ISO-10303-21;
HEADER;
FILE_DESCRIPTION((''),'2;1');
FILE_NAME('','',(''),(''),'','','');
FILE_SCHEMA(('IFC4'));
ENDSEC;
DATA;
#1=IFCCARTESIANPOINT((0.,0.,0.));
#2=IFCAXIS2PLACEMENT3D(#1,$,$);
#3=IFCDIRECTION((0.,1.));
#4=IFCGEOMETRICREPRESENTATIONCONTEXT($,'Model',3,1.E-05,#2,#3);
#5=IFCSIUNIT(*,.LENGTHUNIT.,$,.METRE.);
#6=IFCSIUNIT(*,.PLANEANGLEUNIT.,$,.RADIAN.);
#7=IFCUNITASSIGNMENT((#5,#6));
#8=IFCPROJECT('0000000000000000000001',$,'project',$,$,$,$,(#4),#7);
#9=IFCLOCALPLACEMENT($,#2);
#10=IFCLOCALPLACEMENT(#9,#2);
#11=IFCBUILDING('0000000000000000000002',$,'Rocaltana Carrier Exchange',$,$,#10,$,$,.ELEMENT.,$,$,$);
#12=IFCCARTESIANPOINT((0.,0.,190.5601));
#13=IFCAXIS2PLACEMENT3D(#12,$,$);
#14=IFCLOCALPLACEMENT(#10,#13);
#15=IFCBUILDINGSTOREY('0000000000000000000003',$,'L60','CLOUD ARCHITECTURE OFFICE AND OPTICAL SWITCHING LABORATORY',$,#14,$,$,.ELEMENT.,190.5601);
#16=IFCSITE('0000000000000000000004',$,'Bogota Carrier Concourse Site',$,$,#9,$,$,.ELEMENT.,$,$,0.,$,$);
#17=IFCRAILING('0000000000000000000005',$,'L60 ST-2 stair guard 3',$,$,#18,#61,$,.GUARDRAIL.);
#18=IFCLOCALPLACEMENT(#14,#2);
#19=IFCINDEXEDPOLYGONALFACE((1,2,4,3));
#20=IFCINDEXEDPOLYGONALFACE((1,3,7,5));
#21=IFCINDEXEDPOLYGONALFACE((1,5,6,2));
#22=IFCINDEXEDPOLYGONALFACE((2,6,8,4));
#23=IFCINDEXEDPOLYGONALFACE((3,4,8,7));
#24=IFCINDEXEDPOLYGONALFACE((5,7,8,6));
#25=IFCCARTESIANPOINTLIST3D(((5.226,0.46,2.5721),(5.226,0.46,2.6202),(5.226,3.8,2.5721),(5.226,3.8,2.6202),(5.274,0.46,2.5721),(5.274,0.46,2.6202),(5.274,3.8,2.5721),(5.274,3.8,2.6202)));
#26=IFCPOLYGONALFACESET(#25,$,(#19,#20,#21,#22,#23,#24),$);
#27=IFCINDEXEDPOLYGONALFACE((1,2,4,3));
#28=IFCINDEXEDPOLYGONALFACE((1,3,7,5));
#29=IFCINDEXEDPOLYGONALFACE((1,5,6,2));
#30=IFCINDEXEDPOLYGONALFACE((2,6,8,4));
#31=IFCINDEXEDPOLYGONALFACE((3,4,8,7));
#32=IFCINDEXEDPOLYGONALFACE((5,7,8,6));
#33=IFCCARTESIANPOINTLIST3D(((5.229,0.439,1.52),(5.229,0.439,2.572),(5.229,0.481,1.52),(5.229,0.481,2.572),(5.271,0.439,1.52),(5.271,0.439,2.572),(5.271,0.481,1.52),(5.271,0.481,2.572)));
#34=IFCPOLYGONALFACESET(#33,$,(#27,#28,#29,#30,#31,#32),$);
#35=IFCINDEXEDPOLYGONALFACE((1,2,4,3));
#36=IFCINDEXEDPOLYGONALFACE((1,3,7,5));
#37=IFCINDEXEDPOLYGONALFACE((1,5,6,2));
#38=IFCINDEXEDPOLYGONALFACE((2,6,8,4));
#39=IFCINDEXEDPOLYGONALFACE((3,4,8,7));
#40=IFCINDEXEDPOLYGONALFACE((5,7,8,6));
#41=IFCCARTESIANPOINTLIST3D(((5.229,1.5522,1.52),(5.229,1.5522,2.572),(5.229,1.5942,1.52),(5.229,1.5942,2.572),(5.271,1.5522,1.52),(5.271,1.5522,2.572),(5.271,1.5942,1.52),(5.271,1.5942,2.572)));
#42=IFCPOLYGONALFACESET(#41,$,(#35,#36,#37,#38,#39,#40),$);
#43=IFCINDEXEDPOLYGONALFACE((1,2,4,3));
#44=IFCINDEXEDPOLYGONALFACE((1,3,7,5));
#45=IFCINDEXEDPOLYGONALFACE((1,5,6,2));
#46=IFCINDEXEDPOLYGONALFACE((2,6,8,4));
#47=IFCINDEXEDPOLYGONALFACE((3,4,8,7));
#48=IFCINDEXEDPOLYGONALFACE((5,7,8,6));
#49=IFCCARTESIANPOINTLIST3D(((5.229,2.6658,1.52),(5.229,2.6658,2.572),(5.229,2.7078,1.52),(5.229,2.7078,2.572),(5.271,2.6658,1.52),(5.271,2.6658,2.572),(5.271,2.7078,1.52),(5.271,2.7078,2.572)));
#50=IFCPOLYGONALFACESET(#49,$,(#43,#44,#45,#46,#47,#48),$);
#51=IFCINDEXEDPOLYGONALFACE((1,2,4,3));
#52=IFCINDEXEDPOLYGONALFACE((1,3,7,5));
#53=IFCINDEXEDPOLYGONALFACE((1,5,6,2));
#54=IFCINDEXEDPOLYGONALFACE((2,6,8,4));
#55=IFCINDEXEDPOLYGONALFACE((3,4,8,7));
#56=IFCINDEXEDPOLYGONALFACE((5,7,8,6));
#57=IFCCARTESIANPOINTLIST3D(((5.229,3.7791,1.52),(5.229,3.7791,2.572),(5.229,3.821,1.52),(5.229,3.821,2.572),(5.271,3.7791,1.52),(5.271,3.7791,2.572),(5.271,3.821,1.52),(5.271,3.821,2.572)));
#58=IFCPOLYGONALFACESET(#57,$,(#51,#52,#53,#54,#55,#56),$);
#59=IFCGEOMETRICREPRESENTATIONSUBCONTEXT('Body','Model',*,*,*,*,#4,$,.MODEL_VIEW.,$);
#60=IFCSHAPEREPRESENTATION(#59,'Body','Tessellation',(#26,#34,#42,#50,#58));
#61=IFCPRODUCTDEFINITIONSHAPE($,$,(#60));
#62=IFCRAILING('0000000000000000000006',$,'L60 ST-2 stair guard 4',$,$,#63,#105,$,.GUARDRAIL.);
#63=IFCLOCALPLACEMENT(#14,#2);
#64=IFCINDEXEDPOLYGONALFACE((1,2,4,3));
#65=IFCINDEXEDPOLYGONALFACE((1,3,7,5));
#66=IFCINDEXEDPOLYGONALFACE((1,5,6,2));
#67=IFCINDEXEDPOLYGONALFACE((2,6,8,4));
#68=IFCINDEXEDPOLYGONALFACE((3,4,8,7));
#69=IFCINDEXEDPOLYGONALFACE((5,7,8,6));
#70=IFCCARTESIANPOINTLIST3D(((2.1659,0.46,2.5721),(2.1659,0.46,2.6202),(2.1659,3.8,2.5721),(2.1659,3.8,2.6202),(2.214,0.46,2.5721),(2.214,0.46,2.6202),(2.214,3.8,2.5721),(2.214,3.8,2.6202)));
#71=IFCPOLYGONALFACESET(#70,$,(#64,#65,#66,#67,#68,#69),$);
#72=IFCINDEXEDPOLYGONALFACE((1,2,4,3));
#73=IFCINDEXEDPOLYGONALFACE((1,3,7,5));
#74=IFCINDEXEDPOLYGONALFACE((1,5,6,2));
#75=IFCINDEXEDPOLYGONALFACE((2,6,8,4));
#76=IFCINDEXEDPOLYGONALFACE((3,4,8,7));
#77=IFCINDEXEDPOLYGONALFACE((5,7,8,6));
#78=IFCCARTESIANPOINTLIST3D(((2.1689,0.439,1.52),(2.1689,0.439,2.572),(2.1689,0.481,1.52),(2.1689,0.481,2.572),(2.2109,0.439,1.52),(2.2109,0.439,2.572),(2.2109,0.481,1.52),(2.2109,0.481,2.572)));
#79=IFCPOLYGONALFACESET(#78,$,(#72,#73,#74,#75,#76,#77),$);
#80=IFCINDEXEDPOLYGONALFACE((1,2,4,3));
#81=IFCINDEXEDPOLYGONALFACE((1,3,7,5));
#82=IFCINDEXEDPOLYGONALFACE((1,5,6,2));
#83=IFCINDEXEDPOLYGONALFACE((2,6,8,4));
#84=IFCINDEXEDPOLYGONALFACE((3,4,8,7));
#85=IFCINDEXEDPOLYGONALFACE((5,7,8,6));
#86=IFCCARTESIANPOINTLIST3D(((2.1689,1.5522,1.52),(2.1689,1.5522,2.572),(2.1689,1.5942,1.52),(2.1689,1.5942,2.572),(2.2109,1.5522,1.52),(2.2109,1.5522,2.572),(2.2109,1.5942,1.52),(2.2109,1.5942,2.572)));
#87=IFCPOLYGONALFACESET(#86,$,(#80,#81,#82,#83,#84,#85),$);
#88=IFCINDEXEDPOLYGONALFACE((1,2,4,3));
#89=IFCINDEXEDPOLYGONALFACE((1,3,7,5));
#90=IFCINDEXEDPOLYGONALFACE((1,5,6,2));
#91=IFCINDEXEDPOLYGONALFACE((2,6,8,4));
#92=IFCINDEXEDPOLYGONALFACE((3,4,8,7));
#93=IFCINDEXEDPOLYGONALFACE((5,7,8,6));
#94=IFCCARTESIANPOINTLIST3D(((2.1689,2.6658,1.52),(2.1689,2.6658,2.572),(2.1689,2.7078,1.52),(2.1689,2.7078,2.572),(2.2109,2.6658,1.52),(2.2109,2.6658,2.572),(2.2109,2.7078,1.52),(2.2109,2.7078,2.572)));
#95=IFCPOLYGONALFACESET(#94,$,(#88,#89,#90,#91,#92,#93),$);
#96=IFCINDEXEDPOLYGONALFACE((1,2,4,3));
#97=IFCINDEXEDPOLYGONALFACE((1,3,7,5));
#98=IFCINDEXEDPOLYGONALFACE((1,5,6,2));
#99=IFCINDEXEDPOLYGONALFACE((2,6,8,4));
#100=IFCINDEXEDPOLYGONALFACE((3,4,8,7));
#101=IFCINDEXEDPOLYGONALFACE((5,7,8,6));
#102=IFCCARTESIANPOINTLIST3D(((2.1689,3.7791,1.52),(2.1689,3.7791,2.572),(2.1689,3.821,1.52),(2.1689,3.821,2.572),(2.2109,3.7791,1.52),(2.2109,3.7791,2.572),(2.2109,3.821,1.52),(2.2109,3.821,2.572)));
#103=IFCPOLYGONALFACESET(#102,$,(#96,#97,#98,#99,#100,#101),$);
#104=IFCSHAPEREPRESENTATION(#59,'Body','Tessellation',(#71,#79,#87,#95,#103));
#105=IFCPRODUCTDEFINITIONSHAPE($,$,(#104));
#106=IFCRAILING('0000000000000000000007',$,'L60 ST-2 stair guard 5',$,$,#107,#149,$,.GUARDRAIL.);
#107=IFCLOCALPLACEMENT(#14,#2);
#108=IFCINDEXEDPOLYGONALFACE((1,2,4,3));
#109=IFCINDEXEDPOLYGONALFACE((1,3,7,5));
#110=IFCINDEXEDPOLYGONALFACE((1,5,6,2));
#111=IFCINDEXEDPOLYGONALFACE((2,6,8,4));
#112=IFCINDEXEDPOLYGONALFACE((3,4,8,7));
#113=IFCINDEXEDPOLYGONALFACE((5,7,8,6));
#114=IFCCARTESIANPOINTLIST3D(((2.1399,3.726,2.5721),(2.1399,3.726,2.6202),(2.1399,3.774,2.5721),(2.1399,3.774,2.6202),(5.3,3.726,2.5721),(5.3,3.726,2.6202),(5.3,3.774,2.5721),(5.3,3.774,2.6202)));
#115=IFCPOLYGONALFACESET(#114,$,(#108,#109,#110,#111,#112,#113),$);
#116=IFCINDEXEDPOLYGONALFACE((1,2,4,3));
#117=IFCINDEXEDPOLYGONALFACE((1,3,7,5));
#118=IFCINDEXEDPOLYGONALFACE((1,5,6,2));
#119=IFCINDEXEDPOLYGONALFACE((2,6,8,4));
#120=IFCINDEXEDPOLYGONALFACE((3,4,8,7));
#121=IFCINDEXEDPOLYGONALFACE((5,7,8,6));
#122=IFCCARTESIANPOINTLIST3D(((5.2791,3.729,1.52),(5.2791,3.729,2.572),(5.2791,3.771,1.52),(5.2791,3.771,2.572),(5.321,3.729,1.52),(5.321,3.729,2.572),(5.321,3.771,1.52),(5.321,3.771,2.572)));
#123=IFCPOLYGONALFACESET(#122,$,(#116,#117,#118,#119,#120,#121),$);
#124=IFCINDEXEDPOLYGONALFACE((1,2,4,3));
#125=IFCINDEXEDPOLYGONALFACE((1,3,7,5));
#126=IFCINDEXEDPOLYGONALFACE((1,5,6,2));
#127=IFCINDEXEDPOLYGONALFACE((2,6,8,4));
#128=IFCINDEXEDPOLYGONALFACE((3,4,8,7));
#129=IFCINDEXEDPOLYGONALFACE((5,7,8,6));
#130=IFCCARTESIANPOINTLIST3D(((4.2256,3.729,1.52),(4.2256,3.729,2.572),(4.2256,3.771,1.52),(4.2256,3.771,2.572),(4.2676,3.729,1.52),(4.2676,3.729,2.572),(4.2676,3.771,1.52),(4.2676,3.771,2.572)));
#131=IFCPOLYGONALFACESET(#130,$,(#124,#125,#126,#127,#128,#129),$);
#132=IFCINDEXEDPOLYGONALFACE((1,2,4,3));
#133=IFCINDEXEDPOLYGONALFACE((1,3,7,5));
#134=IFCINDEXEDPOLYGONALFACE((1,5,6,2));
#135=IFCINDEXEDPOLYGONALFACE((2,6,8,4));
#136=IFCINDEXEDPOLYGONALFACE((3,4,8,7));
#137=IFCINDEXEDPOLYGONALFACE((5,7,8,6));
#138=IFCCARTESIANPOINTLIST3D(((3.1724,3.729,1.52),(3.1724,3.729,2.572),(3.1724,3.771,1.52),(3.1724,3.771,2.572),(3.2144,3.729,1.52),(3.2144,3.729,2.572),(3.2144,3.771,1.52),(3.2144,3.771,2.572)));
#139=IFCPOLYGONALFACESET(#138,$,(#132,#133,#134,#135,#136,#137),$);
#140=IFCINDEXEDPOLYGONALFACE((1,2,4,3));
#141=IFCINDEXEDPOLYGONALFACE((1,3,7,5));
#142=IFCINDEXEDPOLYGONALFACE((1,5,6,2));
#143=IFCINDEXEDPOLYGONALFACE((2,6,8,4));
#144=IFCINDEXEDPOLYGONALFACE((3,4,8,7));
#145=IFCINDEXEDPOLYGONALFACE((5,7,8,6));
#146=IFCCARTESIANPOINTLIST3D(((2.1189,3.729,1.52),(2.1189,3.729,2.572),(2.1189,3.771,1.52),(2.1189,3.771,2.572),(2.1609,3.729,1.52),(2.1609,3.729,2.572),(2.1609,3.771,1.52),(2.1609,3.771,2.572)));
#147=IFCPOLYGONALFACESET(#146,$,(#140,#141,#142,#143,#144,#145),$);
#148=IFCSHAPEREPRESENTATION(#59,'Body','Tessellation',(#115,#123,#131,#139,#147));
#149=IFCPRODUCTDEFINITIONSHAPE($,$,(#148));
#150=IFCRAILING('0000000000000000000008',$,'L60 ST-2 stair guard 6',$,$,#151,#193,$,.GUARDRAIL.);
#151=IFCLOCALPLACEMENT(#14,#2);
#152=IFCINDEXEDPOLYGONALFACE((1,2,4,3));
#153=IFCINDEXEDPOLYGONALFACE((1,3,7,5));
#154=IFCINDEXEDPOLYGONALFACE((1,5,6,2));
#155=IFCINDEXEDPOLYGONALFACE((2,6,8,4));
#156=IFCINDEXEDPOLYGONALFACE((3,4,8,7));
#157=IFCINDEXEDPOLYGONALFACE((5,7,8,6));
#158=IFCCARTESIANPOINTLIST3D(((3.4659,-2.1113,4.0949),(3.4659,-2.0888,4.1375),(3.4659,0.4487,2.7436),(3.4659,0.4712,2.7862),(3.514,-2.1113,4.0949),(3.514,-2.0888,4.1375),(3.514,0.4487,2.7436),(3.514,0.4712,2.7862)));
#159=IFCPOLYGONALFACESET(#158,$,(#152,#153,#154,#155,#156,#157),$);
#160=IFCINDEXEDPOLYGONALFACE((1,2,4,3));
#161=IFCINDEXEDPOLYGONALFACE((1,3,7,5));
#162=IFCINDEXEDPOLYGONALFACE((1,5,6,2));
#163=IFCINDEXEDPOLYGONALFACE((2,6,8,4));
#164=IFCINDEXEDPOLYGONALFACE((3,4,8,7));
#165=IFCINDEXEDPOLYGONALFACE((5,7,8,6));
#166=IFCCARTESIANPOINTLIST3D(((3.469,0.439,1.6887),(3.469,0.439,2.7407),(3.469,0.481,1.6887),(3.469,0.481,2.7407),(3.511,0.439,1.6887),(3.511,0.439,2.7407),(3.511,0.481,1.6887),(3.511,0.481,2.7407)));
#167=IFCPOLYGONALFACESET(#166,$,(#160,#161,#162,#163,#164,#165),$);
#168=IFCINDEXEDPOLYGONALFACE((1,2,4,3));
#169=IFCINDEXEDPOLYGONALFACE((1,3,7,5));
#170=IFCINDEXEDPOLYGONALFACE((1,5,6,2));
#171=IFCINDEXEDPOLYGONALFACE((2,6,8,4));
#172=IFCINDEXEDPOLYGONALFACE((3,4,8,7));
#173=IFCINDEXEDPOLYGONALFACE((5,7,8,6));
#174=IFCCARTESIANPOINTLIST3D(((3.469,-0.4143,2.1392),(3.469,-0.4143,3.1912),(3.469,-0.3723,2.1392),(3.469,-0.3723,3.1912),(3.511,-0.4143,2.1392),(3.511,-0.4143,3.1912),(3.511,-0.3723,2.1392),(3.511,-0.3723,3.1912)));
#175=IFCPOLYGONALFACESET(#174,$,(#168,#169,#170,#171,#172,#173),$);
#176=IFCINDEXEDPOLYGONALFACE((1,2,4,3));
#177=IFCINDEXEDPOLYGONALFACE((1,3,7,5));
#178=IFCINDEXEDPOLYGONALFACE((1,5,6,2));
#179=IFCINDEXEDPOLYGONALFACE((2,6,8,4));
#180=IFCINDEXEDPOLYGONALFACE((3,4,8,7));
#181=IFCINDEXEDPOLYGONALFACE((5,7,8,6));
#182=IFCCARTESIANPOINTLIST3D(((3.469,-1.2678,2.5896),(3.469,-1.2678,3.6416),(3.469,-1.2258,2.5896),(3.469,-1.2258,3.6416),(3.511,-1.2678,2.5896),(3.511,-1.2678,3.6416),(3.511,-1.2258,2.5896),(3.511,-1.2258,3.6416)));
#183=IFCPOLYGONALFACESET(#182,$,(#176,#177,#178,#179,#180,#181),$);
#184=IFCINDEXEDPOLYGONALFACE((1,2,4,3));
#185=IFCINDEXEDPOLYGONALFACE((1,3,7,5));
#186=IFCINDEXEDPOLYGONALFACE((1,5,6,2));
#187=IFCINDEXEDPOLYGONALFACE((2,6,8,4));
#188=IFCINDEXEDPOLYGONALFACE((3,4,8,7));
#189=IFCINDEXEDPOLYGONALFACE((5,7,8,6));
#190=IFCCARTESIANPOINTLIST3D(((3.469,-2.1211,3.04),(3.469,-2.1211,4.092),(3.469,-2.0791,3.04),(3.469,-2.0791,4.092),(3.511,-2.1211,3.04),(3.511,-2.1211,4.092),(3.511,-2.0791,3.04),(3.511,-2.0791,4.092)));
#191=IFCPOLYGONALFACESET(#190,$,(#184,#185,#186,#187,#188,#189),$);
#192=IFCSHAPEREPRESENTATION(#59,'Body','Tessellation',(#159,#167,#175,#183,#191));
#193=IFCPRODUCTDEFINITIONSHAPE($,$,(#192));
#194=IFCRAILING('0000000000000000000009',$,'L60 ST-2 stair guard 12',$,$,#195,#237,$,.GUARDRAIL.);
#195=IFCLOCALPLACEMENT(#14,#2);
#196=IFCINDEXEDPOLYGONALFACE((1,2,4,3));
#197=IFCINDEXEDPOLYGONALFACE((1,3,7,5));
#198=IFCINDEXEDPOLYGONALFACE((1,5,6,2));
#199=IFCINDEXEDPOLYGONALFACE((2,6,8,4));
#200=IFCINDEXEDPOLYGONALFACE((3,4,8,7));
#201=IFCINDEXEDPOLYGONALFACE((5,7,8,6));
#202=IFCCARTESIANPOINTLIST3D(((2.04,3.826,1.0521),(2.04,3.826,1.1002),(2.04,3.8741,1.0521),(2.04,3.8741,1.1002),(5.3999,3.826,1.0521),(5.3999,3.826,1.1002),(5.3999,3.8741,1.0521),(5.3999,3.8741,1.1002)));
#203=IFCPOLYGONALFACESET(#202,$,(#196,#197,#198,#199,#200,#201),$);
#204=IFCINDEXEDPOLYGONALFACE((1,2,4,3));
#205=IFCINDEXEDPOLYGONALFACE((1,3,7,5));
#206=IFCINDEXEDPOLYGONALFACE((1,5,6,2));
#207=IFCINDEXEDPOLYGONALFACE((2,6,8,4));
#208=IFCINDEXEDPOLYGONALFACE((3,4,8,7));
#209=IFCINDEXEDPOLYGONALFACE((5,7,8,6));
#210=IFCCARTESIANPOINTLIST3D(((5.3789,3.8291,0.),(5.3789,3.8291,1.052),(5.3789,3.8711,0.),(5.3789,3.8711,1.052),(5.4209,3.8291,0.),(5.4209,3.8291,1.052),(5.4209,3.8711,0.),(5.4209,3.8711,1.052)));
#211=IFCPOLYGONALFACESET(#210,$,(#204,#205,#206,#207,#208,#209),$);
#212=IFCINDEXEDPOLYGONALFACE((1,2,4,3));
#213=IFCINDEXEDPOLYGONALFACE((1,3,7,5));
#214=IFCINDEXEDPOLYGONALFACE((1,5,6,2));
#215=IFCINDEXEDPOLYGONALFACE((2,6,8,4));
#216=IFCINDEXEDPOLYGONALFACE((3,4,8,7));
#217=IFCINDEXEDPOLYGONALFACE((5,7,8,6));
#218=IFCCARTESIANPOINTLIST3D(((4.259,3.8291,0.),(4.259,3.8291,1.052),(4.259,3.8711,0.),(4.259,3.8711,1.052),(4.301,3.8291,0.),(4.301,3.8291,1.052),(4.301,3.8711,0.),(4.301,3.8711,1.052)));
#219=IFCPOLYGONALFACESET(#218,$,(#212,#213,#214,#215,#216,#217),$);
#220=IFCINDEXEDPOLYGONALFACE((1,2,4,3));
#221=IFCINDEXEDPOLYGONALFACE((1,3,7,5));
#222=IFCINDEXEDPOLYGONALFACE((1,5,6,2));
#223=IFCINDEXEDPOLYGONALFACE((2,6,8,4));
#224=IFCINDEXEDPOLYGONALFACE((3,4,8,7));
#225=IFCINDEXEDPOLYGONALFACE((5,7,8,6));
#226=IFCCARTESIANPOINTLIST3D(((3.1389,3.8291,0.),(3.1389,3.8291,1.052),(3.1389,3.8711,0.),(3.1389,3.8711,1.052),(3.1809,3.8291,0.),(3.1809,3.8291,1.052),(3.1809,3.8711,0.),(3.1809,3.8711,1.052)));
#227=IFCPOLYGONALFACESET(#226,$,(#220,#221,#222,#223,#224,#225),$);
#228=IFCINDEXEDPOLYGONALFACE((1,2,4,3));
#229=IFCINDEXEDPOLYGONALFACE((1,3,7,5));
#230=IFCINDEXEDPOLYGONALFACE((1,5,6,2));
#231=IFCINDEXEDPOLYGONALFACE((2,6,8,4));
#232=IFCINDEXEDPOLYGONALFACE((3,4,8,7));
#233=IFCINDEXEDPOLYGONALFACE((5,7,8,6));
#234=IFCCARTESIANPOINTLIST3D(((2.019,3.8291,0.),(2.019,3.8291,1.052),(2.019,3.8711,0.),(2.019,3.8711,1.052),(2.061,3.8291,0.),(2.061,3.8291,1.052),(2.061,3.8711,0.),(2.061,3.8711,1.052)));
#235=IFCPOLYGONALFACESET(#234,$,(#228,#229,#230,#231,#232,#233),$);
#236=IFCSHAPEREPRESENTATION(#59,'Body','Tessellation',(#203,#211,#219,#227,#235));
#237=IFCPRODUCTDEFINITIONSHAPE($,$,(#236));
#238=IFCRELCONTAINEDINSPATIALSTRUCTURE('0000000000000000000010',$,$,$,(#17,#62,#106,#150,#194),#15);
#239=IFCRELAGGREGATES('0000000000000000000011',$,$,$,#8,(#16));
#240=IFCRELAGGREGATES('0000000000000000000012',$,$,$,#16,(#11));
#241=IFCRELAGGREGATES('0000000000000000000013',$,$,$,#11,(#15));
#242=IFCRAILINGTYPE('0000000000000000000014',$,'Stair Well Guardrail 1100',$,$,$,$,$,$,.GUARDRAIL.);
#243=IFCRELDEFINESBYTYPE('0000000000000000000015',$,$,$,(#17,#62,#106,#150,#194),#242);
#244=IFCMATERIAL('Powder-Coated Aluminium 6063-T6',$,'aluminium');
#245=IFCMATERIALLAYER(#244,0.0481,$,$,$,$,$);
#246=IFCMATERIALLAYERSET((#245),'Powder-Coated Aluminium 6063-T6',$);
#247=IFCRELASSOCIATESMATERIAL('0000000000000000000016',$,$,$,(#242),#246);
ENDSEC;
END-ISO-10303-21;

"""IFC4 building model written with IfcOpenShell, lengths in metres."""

from ifc_helpers import new_model, si_unit, direction, frame, origin, origin_2d, place, context, subcontext, project, spatial, rectangle, extrude, material, layer, layer_set, type_object, element, save


model = new_model("IFC4")

# Units and contexts
model_context = context("Model", 3, precision=1e-05, world=origin(), true_north=direction((0.0, 1.0)))
body_context = subcontext(model_context, "Body", "Model", "MODEL_VIEW")
ifc_project = project(units=[si_unit("LENGTHUNIT", "METRE"), si_unit("PLANEANGLEUNIT", "RADIAN")], contexts=[model_context])

# Site, building, storey
site_placement = place(None, origin())
site = spatial("IfcSite", under=ifc_project, at=site_placement, Name="Bogota Carrier Concourse Site", CompositionType="ELEMENT", RefElevation=0.0)
building_placement = place(site_placement, origin())
building = spatial("IfcBuilding", under=site, at=building_placement, Name="Rocaltana Carrier Exchange", CompositionType="ELEMENT")
storey_placement = place(building_placement, frame((0.0, 0.0, 190.5601)))
storey = spatial("IfcBuildingStorey", under=building, at=storey_placement, Name="L60", Description="CLOUD ARCHITECTURE OFFICE AND OPTICAL SWITCHING LABORATORY", CompositionType="ELEMENT", Elevation=190.5601)

# Railings
ifc_material_1 = material(Name="Powder-Coated Aluminium 6063-T6", Category="aluminium")
ifc_layer_1 = layer(ifc_material_1, 0.0481)
ifc_layer_set_1 = layer_set([ifc_layer_1], Name="Powder-Coated Aluminium 6063-T6")
railing_type_1 = type_object("IfcRailingType", Name="Stair Well Guardrail 1100", PredefinedType="GUARDRAIL", material=ifc_layer_set_1)
for number, where, name in (
    (1, (5.25, 0.46, 1.52), "L60 ST-2 stair guard 3"),
    (2, (2.1899, 0.46, 1.52), "L60 ST-2 stair guard 4"),
):
    element("IfcRailing", number, at=place(storey_placement, frame(where)), inside=storey, type_object=railing_type_1, Name=name, PredefinedType="GUARDRAIL", context=body_context, shape_type="SweptSolid", body=[
        extrude(rectangle(XDim=0.0481, YDim=0.0481, at=origin_2d()), frame((0.0, 0.0, 1.0762), z_axis=(0.0, 1.0, 0.0), x_axis=(-1.0, 0.0, 0.0)), (0.0, 0.0, 1.0), 3.3401),
        extrude(rectangle(XDim=0.042, YDim=0.042, at=origin_2d()), origin(), (0.0, 0.0, 1.0), 1.052),
        extrude(rectangle(XDim=0.042, YDim=0.042, at=origin_2d()), frame((0.0, 1.1133, 0.0)), (0.0, 0.0, 1.0), 1.052),
        extrude(rectangle(XDim=0.042, YDim=0.042, at=origin_2d()), frame((0.0, 2.2268, 0.0)), (0.0, 0.0, 1.0), 1.052),
        extrude(rectangle(XDim=0.042, YDim=0.042, at=origin_2d()), frame((0.0, 3.3401, 0.0)), (0.0, 0.0, 1.0), 1.052),
    ])
railing_1_placement = place(storey_placement, frame((5.3, 3.75, 1.52)))
element("IfcRailing", 3, at=railing_1_placement, inside=storey, type_object=railing_type_1, Name="L60 ST-2 stair guard 5", PredefinedType="GUARDRAIL", context=body_context, shape_type="SweptSolid", body=[
    extrude(rectangle(XDim=0.0481, YDim=0.0481, at=origin_2d()), frame((0.0, 0.0, 1.0762), z_axis=(-1.0, 0.0, 0.0), x_axis=(0.0, -1.0, 0.0)), (0.0, 0.0, 1.0), 3.1602),
    extrude(rectangle(XDim=0.042, YDim=0.042, at=origin_2d()), origin(), (0.0, 0.0, 1.0), 1.052),
    extrude(rectangle(XDim=0.042, YDim=0.042, at=origin_2d()), frame((-1.0535, 0.0, 0.0)), (0.0, 0.0, 1.0), 1.052),
    extrude(rectangle(XDim=0.042, YDim=0.042, at=origin_2d()), frame((-2.1067, 0.0, 0.0)), (0.0, 0.0, 1.0), 1.052),
    extrude(rectangle(XDim=0.042, YDim=0.042, at=origin_2d()), frame((-3.1602, 0.0, 0.0)), (0.0, 0.0, 1.0), 1.052),
])
railing_2_placement = place(storey_placement, frame((3.49, 0.46, 1.6887)))
element("IfcRailing", 4, at=railing_2_placement, inside=storey, type_object=railing_type_1, Name="L60 ST-2 stair guard 6", PredefinedType="GUARDRAIL", context=body_context, shape_type="SweptSolid", body=[
    extrude(rectangle(XDim=0.0481, YDim=0.0481, at=origin_2d()), frame((0.0, 0.0, 1.0762), z_axis=(0.0, -0.88436, 0.466806), x_axis=(1.0, 0.0, 0.0)), (0.0, 0.0, 1.0), 2.8948),
    extrude(rectangle(XDim=0.042, YDim=0.042, at=origin_2d()), origin(), (0.0, 0.0, 1.0), 1.052),
    extrude(rectangle(XDim=0.042, YDim=0.042, at=origin_2d()), frame((0.0, -0.8533, 0.4504)), (0.0, 0.0, 1.0), 1.052),
    extrude(rectangle(XDim=0.042, YDim=0.042, at=origin_2d()), frame((0.0, -1.7068, 0.9009)), (0.0, 0.0, 1.0), 1.052),
    extrude(rectangle(XDim=0.042, YDim=0.042, at=origin_2d()), frame((0.0, -2.5601, 1.3513)), (0.0, 0.0, 1.0), 1.052),
])
railing_3_placement = place(storey_placement, frame((5.3999, 3.8501, 0.0)))
element("IfcRailing", 5, at=railing_3_placement, inside=storey, type_object=railing_type_1, Name="L60 ST-2 stair guard 12", PredefinedType="GUARDRAIL", context=body_context, shape_type="SweptSolid", body=[
    extrude(rectangle(XDim=0.0481, YDim=0.0481, at=origin_2d()), frame((0.0, 0.0, 1.0762), z_axis=(-1.0, 0.0, 0.0), x_axis=(0.0, -1.0, 0.0)), (0.0, 0.0, 1.0), 3.3599),
    extrude(rectangle(XDim=0.042, YDim=0.042, at=origin_2d()), origin(), (0.0, 0.0, 1.0), 1.052),
    extrude(rectangle(XDim=0.042, YDim=0.042, at=origin_2d()), frame((-1.1199, 0.0, 0.0)), (0.0, 0.0, 1.0), 1.052),
    extrude(rectangle(XDim=0.042, YDim=0.042, at=origin_2d()), frame((-2.24, 0.0, 0.0)), (0.0, 0.0, 1.0), 1.052),
    extrude(rectangle(XDim=0.042, YDim=0.042, at=origin_2d()), frame((-3.3599, 0.0, 0.0)), (0.0, 0.0, 1.0), 1.052),
])

save(model, "model.ifc")
